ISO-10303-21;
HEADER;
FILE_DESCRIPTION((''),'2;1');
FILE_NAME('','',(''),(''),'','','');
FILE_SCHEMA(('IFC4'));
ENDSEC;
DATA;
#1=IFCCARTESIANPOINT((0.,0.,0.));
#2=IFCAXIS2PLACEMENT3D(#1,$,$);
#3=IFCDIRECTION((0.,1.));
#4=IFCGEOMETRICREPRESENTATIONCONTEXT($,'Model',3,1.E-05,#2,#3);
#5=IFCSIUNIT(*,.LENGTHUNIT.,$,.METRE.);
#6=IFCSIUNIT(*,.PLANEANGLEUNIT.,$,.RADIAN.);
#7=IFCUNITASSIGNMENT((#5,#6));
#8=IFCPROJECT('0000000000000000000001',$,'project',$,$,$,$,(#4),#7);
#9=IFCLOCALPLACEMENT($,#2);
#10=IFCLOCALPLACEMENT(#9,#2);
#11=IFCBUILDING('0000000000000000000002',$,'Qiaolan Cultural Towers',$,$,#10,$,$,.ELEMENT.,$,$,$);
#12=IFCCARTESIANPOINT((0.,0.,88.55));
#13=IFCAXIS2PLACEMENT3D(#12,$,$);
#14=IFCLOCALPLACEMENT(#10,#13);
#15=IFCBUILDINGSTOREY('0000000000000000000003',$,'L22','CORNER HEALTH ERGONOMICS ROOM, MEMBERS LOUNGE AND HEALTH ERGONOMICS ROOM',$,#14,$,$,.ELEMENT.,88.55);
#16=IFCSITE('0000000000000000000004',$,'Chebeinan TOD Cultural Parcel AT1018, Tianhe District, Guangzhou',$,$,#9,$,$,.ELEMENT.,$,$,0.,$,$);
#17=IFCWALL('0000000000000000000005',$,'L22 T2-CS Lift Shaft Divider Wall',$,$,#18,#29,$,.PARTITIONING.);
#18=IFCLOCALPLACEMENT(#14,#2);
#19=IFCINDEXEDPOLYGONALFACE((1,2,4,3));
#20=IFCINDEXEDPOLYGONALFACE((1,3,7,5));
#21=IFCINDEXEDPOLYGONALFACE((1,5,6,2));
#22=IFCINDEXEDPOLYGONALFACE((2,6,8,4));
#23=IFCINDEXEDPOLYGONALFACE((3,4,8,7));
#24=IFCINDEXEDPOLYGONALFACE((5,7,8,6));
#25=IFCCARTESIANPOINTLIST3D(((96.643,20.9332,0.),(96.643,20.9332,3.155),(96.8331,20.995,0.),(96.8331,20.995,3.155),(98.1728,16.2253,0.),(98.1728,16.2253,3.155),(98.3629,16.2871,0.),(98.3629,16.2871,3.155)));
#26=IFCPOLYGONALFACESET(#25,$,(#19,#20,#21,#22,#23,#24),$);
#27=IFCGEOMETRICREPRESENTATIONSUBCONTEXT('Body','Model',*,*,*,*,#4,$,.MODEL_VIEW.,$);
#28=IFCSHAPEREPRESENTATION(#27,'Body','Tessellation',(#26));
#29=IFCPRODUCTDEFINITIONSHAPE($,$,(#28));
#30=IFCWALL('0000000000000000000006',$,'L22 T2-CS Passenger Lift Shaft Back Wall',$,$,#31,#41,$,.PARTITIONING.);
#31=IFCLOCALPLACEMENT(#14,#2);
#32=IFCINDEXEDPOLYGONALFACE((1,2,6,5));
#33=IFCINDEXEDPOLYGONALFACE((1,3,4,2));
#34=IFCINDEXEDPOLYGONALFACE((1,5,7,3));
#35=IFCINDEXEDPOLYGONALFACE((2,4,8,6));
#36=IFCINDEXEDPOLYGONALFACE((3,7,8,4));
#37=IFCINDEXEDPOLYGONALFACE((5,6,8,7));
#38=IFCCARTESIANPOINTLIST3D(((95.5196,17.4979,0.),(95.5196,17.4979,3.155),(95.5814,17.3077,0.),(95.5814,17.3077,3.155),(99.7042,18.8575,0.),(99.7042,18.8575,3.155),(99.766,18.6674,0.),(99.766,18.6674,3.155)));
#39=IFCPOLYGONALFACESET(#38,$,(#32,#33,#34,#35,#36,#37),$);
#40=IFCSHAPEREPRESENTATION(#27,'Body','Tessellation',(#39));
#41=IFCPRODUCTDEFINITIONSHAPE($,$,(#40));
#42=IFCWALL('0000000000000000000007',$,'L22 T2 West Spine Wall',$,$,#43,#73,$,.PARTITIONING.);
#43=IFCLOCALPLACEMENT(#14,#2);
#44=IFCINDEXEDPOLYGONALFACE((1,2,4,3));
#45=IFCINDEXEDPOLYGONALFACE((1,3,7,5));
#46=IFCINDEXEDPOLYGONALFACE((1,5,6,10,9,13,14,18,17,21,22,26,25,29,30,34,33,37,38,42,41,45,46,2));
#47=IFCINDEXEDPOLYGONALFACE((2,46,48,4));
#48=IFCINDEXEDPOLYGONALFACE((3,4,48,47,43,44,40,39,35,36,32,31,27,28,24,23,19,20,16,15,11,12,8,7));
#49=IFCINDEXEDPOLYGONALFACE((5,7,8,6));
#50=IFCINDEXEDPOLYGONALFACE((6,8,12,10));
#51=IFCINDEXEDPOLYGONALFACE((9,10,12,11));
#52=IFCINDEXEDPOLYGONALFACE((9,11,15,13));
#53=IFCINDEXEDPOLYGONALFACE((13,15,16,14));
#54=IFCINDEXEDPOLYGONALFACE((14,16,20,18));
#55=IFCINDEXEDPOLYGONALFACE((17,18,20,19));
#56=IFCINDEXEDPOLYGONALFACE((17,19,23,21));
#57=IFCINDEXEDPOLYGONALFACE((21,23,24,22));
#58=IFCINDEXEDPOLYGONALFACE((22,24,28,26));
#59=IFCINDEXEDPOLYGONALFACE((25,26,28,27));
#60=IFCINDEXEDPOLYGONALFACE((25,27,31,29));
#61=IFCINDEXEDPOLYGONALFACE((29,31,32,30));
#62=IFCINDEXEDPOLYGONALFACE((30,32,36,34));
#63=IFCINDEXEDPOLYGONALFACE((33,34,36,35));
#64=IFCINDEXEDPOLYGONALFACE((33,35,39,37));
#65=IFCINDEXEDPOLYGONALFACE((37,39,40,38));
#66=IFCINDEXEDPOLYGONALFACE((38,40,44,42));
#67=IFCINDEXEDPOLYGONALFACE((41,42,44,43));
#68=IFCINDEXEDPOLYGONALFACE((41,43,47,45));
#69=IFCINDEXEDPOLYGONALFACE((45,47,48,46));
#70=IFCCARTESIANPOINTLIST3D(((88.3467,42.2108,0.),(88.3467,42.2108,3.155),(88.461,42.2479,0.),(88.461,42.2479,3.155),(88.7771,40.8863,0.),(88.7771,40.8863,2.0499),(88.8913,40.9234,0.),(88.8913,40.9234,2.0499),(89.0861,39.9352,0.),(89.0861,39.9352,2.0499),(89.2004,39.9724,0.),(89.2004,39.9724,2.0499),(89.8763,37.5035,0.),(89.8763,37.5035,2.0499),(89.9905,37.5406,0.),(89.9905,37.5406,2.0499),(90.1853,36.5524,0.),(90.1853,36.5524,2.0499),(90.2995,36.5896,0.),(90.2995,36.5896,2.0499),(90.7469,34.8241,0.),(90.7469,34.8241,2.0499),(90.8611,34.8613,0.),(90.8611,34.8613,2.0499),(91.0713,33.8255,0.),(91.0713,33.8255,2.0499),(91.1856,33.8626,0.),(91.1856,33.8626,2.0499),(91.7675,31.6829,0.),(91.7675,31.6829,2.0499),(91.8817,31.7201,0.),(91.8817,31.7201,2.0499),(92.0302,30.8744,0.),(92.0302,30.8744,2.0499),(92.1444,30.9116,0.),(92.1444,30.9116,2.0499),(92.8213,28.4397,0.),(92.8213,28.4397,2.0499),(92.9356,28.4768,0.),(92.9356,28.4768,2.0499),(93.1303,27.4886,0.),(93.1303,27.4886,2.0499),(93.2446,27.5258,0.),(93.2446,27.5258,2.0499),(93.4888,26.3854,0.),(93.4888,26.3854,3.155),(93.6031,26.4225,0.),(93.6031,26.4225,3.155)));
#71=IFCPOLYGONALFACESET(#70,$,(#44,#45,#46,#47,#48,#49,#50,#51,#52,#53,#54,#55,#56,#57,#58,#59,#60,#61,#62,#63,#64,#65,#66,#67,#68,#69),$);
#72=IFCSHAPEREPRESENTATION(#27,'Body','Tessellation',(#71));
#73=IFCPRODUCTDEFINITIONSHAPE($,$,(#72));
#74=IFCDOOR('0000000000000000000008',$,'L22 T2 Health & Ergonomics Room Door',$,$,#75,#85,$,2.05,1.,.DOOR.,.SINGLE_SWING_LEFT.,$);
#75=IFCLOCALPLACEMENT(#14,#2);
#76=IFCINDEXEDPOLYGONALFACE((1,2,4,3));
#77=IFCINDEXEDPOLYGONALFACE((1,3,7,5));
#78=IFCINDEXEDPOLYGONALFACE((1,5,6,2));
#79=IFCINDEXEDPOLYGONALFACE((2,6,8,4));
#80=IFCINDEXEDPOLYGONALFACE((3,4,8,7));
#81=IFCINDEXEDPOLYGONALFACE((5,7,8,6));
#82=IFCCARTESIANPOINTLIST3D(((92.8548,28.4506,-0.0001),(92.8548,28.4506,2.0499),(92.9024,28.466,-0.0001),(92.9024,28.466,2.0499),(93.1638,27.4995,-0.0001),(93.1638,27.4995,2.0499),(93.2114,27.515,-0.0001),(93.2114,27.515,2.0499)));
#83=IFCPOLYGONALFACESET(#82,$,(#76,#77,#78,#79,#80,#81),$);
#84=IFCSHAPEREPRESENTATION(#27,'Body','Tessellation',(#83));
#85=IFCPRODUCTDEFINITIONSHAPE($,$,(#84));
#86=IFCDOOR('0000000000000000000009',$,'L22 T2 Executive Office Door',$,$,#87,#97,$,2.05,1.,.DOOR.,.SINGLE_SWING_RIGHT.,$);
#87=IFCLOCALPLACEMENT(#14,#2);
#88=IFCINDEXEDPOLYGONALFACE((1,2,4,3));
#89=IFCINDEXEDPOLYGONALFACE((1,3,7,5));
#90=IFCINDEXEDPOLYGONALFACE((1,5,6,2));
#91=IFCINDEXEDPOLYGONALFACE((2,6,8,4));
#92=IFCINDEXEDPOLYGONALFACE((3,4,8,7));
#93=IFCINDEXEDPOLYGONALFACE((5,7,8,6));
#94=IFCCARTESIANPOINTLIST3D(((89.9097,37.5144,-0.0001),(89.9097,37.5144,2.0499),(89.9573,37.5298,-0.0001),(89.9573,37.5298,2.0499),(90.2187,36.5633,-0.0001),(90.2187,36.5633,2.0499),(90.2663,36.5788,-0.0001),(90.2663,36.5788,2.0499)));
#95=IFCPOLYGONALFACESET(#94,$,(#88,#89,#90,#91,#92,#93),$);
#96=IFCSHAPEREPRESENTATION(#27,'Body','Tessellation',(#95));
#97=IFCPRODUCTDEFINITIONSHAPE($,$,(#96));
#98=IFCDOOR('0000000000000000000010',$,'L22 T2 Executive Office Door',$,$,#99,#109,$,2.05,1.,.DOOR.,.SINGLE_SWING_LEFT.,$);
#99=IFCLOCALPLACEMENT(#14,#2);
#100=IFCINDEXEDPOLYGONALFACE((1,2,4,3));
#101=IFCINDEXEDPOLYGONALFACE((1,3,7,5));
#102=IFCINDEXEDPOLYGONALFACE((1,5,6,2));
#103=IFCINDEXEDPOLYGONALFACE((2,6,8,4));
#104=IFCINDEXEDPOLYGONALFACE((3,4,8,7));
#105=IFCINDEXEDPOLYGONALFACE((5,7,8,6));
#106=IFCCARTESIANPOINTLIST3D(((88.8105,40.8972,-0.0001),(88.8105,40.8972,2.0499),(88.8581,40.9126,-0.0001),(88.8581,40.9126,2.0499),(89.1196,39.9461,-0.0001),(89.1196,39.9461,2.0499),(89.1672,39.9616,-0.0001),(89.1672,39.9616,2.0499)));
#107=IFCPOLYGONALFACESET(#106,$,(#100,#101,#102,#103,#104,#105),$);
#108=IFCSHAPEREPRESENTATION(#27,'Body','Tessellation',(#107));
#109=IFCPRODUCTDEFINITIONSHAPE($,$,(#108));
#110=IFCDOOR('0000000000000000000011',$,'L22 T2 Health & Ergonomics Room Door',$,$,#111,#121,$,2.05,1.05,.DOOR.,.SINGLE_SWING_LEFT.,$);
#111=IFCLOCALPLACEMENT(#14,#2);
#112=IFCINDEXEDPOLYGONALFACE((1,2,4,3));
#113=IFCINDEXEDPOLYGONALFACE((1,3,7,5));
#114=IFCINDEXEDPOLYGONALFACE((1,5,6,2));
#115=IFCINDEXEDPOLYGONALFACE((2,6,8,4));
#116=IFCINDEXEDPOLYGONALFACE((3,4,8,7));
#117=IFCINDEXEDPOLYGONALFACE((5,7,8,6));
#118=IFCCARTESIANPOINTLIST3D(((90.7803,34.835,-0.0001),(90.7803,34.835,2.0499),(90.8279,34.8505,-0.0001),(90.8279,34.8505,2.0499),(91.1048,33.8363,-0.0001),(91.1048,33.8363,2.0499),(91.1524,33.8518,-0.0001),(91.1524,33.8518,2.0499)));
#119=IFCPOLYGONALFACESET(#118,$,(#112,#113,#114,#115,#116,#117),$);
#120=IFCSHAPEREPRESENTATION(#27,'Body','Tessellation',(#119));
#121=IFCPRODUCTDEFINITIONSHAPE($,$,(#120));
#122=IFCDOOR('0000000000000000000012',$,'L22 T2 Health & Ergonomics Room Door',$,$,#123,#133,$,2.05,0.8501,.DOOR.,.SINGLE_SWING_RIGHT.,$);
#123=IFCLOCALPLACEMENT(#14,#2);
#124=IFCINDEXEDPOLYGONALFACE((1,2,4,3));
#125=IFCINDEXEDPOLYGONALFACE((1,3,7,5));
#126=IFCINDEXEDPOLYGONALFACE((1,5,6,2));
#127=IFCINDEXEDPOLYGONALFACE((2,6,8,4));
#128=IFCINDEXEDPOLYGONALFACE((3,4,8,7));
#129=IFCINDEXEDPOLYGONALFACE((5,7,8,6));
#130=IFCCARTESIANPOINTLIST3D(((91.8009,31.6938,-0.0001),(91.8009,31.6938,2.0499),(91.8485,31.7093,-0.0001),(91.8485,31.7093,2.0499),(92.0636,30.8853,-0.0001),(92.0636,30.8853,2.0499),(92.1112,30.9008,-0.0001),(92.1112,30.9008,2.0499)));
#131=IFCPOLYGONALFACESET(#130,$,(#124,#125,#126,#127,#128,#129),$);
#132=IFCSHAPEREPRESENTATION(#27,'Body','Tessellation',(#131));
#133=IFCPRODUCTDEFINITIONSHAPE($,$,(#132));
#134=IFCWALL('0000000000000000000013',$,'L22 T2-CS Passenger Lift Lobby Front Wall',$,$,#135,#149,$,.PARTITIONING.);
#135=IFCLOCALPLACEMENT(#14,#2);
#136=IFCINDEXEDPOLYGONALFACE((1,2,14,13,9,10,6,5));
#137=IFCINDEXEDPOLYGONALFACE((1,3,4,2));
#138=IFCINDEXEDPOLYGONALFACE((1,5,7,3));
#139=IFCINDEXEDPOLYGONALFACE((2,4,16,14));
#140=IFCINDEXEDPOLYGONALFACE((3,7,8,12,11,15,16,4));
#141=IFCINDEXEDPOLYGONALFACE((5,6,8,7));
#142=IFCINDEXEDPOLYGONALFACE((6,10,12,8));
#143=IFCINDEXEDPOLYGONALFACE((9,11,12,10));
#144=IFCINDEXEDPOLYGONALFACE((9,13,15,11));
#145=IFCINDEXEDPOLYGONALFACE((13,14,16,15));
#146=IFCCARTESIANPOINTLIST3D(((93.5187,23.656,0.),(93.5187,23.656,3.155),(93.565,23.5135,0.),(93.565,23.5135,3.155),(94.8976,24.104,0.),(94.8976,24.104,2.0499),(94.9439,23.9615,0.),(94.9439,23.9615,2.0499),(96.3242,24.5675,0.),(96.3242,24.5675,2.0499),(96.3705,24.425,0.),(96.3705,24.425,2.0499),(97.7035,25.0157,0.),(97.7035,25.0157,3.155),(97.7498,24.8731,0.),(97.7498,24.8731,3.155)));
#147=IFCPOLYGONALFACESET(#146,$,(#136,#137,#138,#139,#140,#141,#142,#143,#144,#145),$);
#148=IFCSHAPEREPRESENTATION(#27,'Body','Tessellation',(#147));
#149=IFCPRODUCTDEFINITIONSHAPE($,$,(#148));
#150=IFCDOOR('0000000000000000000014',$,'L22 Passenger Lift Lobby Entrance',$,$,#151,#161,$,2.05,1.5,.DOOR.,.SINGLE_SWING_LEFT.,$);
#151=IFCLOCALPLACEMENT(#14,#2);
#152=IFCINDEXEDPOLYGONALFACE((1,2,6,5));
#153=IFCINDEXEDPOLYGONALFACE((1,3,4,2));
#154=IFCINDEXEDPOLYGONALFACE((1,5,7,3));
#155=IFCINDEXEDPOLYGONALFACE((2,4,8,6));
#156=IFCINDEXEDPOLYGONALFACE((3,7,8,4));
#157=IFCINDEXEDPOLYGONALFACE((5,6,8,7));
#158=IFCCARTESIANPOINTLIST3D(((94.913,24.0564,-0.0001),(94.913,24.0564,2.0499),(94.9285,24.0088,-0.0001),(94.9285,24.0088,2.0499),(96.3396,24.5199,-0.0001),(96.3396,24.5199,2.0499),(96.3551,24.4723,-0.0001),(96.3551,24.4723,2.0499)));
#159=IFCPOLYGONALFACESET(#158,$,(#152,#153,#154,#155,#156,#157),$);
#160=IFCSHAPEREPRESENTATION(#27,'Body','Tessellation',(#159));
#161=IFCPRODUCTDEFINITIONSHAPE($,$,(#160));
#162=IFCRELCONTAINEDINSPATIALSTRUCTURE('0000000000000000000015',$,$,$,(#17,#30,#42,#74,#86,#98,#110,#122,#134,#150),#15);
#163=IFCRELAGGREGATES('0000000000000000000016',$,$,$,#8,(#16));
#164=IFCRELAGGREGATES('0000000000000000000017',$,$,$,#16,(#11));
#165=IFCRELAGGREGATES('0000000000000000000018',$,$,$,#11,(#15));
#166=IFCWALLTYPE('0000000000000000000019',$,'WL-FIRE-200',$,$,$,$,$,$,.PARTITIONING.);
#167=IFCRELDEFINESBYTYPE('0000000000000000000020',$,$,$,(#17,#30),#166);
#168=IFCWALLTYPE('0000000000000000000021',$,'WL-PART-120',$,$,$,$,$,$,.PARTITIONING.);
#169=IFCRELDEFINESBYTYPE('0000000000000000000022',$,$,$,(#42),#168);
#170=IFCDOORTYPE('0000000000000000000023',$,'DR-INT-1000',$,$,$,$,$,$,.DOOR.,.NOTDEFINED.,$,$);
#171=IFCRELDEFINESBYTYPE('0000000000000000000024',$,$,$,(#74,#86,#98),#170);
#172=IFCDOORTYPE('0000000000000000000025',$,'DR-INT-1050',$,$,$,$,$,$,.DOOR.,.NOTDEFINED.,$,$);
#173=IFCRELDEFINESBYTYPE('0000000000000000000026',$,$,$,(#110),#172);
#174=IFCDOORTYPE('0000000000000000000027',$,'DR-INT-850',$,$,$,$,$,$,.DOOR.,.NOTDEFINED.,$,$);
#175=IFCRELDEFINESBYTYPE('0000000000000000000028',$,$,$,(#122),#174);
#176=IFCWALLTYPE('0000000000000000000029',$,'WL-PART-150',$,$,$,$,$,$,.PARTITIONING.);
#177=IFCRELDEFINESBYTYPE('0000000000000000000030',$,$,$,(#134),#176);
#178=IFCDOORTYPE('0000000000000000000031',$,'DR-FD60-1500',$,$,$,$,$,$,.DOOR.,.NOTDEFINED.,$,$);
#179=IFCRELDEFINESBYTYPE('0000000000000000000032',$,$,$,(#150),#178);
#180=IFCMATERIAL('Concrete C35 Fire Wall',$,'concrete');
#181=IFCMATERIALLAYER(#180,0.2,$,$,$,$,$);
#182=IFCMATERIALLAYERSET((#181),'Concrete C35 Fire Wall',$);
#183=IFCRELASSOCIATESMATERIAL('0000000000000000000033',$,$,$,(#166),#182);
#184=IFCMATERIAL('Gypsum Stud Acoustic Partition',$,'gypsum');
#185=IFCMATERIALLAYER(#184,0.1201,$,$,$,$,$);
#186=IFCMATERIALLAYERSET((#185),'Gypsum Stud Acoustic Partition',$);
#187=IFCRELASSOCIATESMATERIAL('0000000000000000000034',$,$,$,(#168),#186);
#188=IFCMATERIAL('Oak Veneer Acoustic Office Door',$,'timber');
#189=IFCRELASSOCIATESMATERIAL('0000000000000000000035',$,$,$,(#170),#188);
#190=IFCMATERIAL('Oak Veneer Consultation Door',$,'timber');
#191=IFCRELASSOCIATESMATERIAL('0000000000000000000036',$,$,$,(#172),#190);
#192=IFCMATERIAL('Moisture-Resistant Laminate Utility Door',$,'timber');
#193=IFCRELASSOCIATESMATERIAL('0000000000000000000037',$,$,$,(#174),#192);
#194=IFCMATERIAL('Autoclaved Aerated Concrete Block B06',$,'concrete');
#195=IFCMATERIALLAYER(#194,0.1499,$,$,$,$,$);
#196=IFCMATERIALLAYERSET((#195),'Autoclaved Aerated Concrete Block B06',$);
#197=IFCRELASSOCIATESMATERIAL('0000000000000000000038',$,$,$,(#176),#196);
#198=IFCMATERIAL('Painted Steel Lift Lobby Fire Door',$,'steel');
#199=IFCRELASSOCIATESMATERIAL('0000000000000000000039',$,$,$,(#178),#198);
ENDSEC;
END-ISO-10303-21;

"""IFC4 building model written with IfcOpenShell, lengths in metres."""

from ifc_helpers import new_model, si_unit, direction, frame, frame_2d, origin, place, context, subcontext, project, spatial, rectangle, extrude, material, layer, layer_set, type_object, element, fill, save


model = new_model("IFC4")

# Units and contexts
model_context = context("Model", 3, precision=1e-05, world=origin(), true_north=direction((0.0, 1.0)))
body_context = subcontext(model_context, "Body", "Model", "MODEL_VIEW")
ifc_project = project(units=[si_unit("LENGTHUNIT", "METRE"), si_unit("PLANEANGLEUNIT", "RADIAN")], contexts=[model_context])

# Site, building, storey
site_placement = place(None, origin())
site = spatial("IfcSite", under=ifc_project, at=site_placement, Name="Chebeinan TOD Cultural Parcel AT1018, Tianhe District, Guangzhou", CompositionType="ELEMENT", RefElevation=0.0)
building_placement = place(site_placement, origin())
building = spatial("IfcBuilding", under=site, at=building_placement, Name="Qiaolan Cultural Towers", CompositionType="ELEMENT")
storey_placement = place(building_placement, frame((0.0, 0.0, 88.55)))
storey = spatial("IfcBuildingStorey", under=building, at=storey_placement, Name="L22", Description="CORNER HEALTH ERGONOMICS ROOM, MEMBERS LOUNGE AND HEALTH ERGONOMICS ROOM", CompositionType="ELEMENT", Elevation=88.55)

# Shared definitions
ifc_material_1 = material(Name="Concrete C35 Fire Wall", Category="concrete")
ifc_layer_1 = layer(ifc_material_1, 0.2)
ifc_layer_set_1 = layer_set([ifc_layer_1], Name="Concrete C35 Fire Wall")
wall_type_1 = type_object("IfcWallType", Name="WL-FIRE-200", PredefinedType="PARTITIONING", material=ifc_layer_set_1)

# Walls
wall_1_placement = place(storey_placement, frame((96.738, 20.9641, 0.0), z_axis=(0.0, 0.0, 1.0), x_axis=(0.309043, -0.951048, 0.0)))
element("IfcWall", 1, at=wall_1_placement, inside=storey, type_object=wall_type_1, Name="L22 T2-CS Lift Shaft Divider Wall", PredefinedType="PARTITIONING", context=body_context, shape_type="SweptSolid", body=[
    extrude(rectangle(XDim=4.9502, YDim=0.2, at=frame_2d((2.4751, 0.0))), origin(), (0.0, 0.0, 1.0), 3.155),
])
wall_2_placement = place(storey_placement, frame((95.5505, 17.4028, 0.0), z_axis=(0.0, 0.0, 1.0), x_axis=(0.951059, 0.309011, 0.0)))
element("IfcWall", 2, at=wall_2_placement, inside=storey, type_object=wall_type_1, Name="L22 T2-CS Passenger Lift Shaft Back Wall", PredefinedType="PARTITIONING", context=body_context, shape_type="SweptSolid", body=[
    extrude(rectangle(XDim=4.3999, YDim=0.2, at=frame_2d((2.2, 0.0))), origin(), (0.0, 0.0, 1.0), 3.155),
])

# Wall, openings, doors
ifc_material_2 = material(Name="Gypsum Stud Acoustic Partition", Category="gypsum")
ifc_layer_2 = layer(ifc_material_2, 0.1201)
ifc_layer_set_2 = layer_set([ifc_layer_2], Name="Gypsum Stud Acoustic Partition")
wall_type_2 = type_object("IfcWallType", Name="WL-PART-120", PredefinedType="PARTITIONING", material=ifc_layer_set_2)
wall_3_placement = place(storey_placement, frame((93.5459, 26.4041, 0.0), z_axis=(0.0, 0.0, 1.0), x_axis=(-0.309022, 0.951055, 0.0)))
wall_3 = element("IfcWall", 3, at=wall_3_placement, inside=storey, type_object=wall_type_2, Name="L22 T2 West Spine Wall", PredefinedType="PARTITIONING", context=body_context, shape_type="SweptSolid", body=[
    extrude(rectangle(XDim=16.6399, YDim=0.1201, at=frame_2d((8.3198, 0.0))), origin(), (0.0, 0.0, 1.0), 3.155),
])
opening_1_placement = place(wall_3_placement, frame((1.1599, 0.0, 0.0)))
opening_1 = element("IfcOpeningElement", 4, at=opening_1_placement, cuts=wall_3, PredefinedType="OPENING", context=body_context, shape_type="SweptSolid", body=[
    extrude(rectangle(XDim=1.0, YDim=2.05, at=frame_2d((0.5, 1.0249))), frame((0.0, 0.0701, 0.0), z_axis=(0.0, -1.0, 0.0), x_axis=(1.0, 0.0, 0.0)), (0.0, 0.0, 1.0), 0.1401),
])
opening_2_placement = place(wall_3_placement, frame((4.72, 0.0, 0.0)))
opening_2 = element("IfcOpeningElement", 5, at=opening_2_placement, cuts=wall_3, PredefinedType="OPENING", context=body_context, shape_type="SweptSolid", body=[
    extrude(rectangle(XDim=0.8501, YDim=2.05, at=frame_2d((0.425, 1.0249))), frame((0.0, 0.0701, 0.0), z_axis=(0.0, -1.0, 0.0), x_axis=(1.0, 0.0, 0.0)), (0.0, 0.0, 1.0), 0.1401),
])
opening_3_placement = place(wall_3_placement, frame((7.823, 0.0, 0.0)))
opening_3 = element("IfcOpeningElement", 6, at=opening_3_placement, cuts=wall_3, PredefinedType="OPENING", context=body_context, shape_type="SweptSolid", body=[
    extrude(rectangle(XDim=1.05, YDim=2.05, at=frame_2d((0.5249, 1.0249))), frame((0.0, 0.0701, 0.0), z_axis=(0.0, -1.0, 0.0), x_axis=(1.0, 0.0, 0.0)), (0.0, 0.0, 1.0), 0.1401),
])
opening_4_placement = place(wall_3_placement, frame((10.6902, 0.0, 0.0)))
opening_4 = element("IfcOpeningElement", 7, at=opening_4_placement, cuts=wall_3, PredefinedType="OPENING", context=body_context, shape_type="SweptSolid", body=[
    extrude(rectangle(XDim=1.0, YDim=2.05, at=frame_2d((0.5, 1.0249))), frame((0.0, 0.0701, 0.0), z_axis=(0.0, -1.0, 0.0), x_axis=(1.0, 0.0, 0.0)), (0.0, 0.0, 1.0), 0.1401),
])
opening_5_placement = place(wall_3_placement, frame((14.2471, 0.0, 0.0)))
opening_5 = element("IfcOpeningElement", 8, at=opening_5_placement, cuts=wall_3, PredefinedType="OPENING", context=body_context, shape_type="SweptSolid", body=[
    extrude(rectangle(XDim=1.0, YDim=2.05, at=frame_2d((0.5, 1.0249))), frame((0.0, 0.0701, 0.0), z_axis=(0.0, -1.0, 0.0), x_axis=(1.0, 0.0, 0.0)), (0.0, 0.0, 1.0), 0.1401),
])
ifc_material_3 = material(Name="Oak Veneer Acoustic Office Door", Category="timber")
door_type_1 = type_object("IfcDoorType", Name="DR-INT-1000", OperationType="NOTDEFINED", PredefinedType="DOOR", material=ifc_material_3)
door_1_placement = place(opening_1_placement, origin())
door_1 = element("IfcDoor", 9, at=door_1_placement, inside=storey, type_object=door_type_1, Name="L22 T2 Health & Ergonomics Room Door", OperationType="SINGLE_SWING_LEFT", OverallHeight=2.05, OverallWidth=1.0, PredefinedType="DOOR", context=body_context, shape_type="SweptSolid", body=[
    extrude(rectangle(XDim=1.0, YDim=2.05, at=frame_2d((0.5, 1.0249))), frame((0.0, 0.0249, 0.0), z_axis=(0.0, -1.0, 0.0), x_axis=(1.0, 0.0, 0.0)), (0.0, 0.0, 1.0), 0.05),
])
fill(opening_1, door_1)
door_2_placement = place(opening_4_placement, origin())
door_2 = element("IfcDoor", 10, at=door_2_placement, inside=storey, type_object=door_type_1, Name="L22 T2 Executive Office Door", OperationType="SINGLE_SWING_RIGHT", OverallHeight=2.05, OverallWidth=1.0, PredefinedType="DOOR", context=body_context, shape_type="SweptSolid", body=[
    extrude(rectangle(XDim=1.0, YDim=2.05, at=frame_2d((0.5, 1.0249))), frame((0.0, 0.0249, 0.0), z_axis=(0.0, -1.0, 0.0), x_axis=(1.0, 0.0, 0.0)), (0.0, 0.0, 1.0), 0.05),
])
fill(opening_4, door_2)
door_3_placement = place(opening_5_placement, origin())
door_3 = element("IfcDoor", 11, at=door_3_placement, inside=storey, type_object=door_type_1, Name="L22 T2 Executive Office Door", OperationType="SINGLE_SWING_LEFT", OverallHeight=2.05, OverallWidth=1.0, PredefinedType="DOOR", context=body_context, shape_type="SweptSolid", body=[
    extrude(rectangle(XDim=1.0, YDim=2.05, at=frame_2d((0.5, 1.0249))), frame((0.0, 0.0249, 0.0), z_axis=(0.0, -1.0, 0.0), x_axis=(1.0, 0.0, 0.0)), (0.0, 0.0, 1.0), 0.05),
])
fill(opening_5, door_3)
ifc_material_4 = material(Name="Oak Veneer Consultation Door", Category="timber")
door_type_2 = type_object("IfcDoorType", Name="DR-INT-1050", OperationType="NOTDEFINED", PredefinedType="DOOR", material=ifc_material_4)
door_4_placement = place(opening_3_placement, origin())
door_4 = element("IfcDoor", 12, at=door_4_placement, inside=storey, type_object=door_type_2, Name="L22 T2 Health & Ergonomics Room Door", OperationType="SINGLE_SWING_LEFT", OverallHeight=2.05, OverallWidth=1.05, PredefinedType="DOOR", context=body_context, shape_type="SweptSolid", body=[
    extrude(rectangle(XDim=1.05, YDim=2.05, at=frame_2d((0.5249, 1.0249))), frame((0.0, 0.0249, 0.0), z_axis=(0.0, -1.0, 0.0), x_axis=(1.0, 0.0, 0.0)), (0.0, 0.0, 1.0), 0.05),
])
fill(opening_3, door_4)
ifc_material_5 = material(Name="Moisture-Resistant Laminate Utility Door", Category="timber")
door_type_3 = type_object("IfcDoorType", Name="DR-INT-850", OperationType="NOTDEFINED", PredefinedType="DOOR", material=ifc_material_5)
door_5_placement = place(opening_2_placement, origin())
door_5 = element("IfcDoor", 13, at=door_5_placement, inside=storey, type_object=door_type_3, Name="L22 T2 Health & Ergonomics Room Door", OperationType="SINGLE_SWING_RIGHT", OverallHeight=2.05, OverallWidth=0.8501, PredefinedType="DOOR", context=body_context, shape_type="SweptSolid", body=[
    extrude(rectangle(XDim=0.8501, YDim=2.05, at=frame_2d((0.425, 1.0249))), frame((0.0, 0.0249, 0.0), z_axis=(0.0, -1.0, 0.0), x_axis=(1.0, 0.0, 0.0)), (0.0, 0.0, 1.0), 0.05),
])
fill(opening_2, door_5)

# Wall, opening, door
ifc_material_6 = material(Name="Autoclaved Aerated Concrete Block B06", Category="concrete")
ifc_layer_3 = layer(ifc_material_6, 0.1499)
ifc_layer_set_3 = layer_set([ifc_layer_3], Name="Autoclaved Aerated Concrete Block B06")
wall_type_3 = type_object("IfcWallType", Name="WL-PART-150", PredefinedType="PARTITIONING", material=ifc_layer_set_3)
wall_4_placement = place(storey_placement, frame((93.5417, 23.5847, 0.0), z_axis=(0.0, 0.0, 1.0), x_axis=(0.951064, 0.308994, 0.0)))
wall_4 = element("IfcWall", 14, at=wall_4_placement, inside=storey, type_object=wall_type_3, Name="L22 T2-CS Passenger Lift Lobby Front Wall", PredefinedType="PARTITIONING", context=body_context, shape_type="SweptSolid", body=[
    extrude(rectangle(XDim=4.4001, YDim=0.1499, at=frame_2d((2.2002, 0.0))), origin(), (0.0, 0.0, 1.0), 3.155),
])
opening_6_placement = place(wall_4_placement, frame((1.45, 0.0, 0.0)))
opening_6 = element("IfcOpeningElement", 15, at=opening_6_placement, cuts=wall_4, PredefinedType="OPENING", context=body_context, shape_type="SweptSolid", body=[
    extrude(rectangle(XDim=1.5, YDim=2.05, at=frame_2d((0.75, 1.0249))), frame((0.0, 0.085, 0.0), z_axis=(0.0, -1.0, 0.0), x_axis=(1.0, 0.0, 0.0)), (0.0, 0.0, 1.0), 0.1699),
])
ifc_material_7 = material(Name="Painted Steel Lift Lobby Fire Door", Category="steel")
door_type_4 = type_object("IfcDoorType", Name="DR-FD60-1500", OperationType="NOTDEFINED", PredefinedType="DOOR", material=ifc_material_7)
door_6_placement = place(opening_6_placement, origin())
door_6 = element("IfcDoor", 16, at=door_6_placement, inside=storey, type_object=door_type_4, Name="L22 Passenger Lift Lobby Entrance", OperationType="SINGLE_SWING_LEFT", OverallHeight=2.05, OverallWidth=1.5, PredefinedType="DOOR", context=body_context, shape_type="SweptSolid", body=[
    extrude(rectangle(XDim=1.5, YDim=2.05, at=frame_2d((0.75, 1.0249))), frame((0.0, 0.0249, 0.0), z_axis=(0.0, -1.0, 0.0), x_axis=(1.0, 0.0, 0.0)), (0.0, 0.0, 1.0), 0.05),
])
fill(opening_6, door_6)

save(model, "model.ifc")
